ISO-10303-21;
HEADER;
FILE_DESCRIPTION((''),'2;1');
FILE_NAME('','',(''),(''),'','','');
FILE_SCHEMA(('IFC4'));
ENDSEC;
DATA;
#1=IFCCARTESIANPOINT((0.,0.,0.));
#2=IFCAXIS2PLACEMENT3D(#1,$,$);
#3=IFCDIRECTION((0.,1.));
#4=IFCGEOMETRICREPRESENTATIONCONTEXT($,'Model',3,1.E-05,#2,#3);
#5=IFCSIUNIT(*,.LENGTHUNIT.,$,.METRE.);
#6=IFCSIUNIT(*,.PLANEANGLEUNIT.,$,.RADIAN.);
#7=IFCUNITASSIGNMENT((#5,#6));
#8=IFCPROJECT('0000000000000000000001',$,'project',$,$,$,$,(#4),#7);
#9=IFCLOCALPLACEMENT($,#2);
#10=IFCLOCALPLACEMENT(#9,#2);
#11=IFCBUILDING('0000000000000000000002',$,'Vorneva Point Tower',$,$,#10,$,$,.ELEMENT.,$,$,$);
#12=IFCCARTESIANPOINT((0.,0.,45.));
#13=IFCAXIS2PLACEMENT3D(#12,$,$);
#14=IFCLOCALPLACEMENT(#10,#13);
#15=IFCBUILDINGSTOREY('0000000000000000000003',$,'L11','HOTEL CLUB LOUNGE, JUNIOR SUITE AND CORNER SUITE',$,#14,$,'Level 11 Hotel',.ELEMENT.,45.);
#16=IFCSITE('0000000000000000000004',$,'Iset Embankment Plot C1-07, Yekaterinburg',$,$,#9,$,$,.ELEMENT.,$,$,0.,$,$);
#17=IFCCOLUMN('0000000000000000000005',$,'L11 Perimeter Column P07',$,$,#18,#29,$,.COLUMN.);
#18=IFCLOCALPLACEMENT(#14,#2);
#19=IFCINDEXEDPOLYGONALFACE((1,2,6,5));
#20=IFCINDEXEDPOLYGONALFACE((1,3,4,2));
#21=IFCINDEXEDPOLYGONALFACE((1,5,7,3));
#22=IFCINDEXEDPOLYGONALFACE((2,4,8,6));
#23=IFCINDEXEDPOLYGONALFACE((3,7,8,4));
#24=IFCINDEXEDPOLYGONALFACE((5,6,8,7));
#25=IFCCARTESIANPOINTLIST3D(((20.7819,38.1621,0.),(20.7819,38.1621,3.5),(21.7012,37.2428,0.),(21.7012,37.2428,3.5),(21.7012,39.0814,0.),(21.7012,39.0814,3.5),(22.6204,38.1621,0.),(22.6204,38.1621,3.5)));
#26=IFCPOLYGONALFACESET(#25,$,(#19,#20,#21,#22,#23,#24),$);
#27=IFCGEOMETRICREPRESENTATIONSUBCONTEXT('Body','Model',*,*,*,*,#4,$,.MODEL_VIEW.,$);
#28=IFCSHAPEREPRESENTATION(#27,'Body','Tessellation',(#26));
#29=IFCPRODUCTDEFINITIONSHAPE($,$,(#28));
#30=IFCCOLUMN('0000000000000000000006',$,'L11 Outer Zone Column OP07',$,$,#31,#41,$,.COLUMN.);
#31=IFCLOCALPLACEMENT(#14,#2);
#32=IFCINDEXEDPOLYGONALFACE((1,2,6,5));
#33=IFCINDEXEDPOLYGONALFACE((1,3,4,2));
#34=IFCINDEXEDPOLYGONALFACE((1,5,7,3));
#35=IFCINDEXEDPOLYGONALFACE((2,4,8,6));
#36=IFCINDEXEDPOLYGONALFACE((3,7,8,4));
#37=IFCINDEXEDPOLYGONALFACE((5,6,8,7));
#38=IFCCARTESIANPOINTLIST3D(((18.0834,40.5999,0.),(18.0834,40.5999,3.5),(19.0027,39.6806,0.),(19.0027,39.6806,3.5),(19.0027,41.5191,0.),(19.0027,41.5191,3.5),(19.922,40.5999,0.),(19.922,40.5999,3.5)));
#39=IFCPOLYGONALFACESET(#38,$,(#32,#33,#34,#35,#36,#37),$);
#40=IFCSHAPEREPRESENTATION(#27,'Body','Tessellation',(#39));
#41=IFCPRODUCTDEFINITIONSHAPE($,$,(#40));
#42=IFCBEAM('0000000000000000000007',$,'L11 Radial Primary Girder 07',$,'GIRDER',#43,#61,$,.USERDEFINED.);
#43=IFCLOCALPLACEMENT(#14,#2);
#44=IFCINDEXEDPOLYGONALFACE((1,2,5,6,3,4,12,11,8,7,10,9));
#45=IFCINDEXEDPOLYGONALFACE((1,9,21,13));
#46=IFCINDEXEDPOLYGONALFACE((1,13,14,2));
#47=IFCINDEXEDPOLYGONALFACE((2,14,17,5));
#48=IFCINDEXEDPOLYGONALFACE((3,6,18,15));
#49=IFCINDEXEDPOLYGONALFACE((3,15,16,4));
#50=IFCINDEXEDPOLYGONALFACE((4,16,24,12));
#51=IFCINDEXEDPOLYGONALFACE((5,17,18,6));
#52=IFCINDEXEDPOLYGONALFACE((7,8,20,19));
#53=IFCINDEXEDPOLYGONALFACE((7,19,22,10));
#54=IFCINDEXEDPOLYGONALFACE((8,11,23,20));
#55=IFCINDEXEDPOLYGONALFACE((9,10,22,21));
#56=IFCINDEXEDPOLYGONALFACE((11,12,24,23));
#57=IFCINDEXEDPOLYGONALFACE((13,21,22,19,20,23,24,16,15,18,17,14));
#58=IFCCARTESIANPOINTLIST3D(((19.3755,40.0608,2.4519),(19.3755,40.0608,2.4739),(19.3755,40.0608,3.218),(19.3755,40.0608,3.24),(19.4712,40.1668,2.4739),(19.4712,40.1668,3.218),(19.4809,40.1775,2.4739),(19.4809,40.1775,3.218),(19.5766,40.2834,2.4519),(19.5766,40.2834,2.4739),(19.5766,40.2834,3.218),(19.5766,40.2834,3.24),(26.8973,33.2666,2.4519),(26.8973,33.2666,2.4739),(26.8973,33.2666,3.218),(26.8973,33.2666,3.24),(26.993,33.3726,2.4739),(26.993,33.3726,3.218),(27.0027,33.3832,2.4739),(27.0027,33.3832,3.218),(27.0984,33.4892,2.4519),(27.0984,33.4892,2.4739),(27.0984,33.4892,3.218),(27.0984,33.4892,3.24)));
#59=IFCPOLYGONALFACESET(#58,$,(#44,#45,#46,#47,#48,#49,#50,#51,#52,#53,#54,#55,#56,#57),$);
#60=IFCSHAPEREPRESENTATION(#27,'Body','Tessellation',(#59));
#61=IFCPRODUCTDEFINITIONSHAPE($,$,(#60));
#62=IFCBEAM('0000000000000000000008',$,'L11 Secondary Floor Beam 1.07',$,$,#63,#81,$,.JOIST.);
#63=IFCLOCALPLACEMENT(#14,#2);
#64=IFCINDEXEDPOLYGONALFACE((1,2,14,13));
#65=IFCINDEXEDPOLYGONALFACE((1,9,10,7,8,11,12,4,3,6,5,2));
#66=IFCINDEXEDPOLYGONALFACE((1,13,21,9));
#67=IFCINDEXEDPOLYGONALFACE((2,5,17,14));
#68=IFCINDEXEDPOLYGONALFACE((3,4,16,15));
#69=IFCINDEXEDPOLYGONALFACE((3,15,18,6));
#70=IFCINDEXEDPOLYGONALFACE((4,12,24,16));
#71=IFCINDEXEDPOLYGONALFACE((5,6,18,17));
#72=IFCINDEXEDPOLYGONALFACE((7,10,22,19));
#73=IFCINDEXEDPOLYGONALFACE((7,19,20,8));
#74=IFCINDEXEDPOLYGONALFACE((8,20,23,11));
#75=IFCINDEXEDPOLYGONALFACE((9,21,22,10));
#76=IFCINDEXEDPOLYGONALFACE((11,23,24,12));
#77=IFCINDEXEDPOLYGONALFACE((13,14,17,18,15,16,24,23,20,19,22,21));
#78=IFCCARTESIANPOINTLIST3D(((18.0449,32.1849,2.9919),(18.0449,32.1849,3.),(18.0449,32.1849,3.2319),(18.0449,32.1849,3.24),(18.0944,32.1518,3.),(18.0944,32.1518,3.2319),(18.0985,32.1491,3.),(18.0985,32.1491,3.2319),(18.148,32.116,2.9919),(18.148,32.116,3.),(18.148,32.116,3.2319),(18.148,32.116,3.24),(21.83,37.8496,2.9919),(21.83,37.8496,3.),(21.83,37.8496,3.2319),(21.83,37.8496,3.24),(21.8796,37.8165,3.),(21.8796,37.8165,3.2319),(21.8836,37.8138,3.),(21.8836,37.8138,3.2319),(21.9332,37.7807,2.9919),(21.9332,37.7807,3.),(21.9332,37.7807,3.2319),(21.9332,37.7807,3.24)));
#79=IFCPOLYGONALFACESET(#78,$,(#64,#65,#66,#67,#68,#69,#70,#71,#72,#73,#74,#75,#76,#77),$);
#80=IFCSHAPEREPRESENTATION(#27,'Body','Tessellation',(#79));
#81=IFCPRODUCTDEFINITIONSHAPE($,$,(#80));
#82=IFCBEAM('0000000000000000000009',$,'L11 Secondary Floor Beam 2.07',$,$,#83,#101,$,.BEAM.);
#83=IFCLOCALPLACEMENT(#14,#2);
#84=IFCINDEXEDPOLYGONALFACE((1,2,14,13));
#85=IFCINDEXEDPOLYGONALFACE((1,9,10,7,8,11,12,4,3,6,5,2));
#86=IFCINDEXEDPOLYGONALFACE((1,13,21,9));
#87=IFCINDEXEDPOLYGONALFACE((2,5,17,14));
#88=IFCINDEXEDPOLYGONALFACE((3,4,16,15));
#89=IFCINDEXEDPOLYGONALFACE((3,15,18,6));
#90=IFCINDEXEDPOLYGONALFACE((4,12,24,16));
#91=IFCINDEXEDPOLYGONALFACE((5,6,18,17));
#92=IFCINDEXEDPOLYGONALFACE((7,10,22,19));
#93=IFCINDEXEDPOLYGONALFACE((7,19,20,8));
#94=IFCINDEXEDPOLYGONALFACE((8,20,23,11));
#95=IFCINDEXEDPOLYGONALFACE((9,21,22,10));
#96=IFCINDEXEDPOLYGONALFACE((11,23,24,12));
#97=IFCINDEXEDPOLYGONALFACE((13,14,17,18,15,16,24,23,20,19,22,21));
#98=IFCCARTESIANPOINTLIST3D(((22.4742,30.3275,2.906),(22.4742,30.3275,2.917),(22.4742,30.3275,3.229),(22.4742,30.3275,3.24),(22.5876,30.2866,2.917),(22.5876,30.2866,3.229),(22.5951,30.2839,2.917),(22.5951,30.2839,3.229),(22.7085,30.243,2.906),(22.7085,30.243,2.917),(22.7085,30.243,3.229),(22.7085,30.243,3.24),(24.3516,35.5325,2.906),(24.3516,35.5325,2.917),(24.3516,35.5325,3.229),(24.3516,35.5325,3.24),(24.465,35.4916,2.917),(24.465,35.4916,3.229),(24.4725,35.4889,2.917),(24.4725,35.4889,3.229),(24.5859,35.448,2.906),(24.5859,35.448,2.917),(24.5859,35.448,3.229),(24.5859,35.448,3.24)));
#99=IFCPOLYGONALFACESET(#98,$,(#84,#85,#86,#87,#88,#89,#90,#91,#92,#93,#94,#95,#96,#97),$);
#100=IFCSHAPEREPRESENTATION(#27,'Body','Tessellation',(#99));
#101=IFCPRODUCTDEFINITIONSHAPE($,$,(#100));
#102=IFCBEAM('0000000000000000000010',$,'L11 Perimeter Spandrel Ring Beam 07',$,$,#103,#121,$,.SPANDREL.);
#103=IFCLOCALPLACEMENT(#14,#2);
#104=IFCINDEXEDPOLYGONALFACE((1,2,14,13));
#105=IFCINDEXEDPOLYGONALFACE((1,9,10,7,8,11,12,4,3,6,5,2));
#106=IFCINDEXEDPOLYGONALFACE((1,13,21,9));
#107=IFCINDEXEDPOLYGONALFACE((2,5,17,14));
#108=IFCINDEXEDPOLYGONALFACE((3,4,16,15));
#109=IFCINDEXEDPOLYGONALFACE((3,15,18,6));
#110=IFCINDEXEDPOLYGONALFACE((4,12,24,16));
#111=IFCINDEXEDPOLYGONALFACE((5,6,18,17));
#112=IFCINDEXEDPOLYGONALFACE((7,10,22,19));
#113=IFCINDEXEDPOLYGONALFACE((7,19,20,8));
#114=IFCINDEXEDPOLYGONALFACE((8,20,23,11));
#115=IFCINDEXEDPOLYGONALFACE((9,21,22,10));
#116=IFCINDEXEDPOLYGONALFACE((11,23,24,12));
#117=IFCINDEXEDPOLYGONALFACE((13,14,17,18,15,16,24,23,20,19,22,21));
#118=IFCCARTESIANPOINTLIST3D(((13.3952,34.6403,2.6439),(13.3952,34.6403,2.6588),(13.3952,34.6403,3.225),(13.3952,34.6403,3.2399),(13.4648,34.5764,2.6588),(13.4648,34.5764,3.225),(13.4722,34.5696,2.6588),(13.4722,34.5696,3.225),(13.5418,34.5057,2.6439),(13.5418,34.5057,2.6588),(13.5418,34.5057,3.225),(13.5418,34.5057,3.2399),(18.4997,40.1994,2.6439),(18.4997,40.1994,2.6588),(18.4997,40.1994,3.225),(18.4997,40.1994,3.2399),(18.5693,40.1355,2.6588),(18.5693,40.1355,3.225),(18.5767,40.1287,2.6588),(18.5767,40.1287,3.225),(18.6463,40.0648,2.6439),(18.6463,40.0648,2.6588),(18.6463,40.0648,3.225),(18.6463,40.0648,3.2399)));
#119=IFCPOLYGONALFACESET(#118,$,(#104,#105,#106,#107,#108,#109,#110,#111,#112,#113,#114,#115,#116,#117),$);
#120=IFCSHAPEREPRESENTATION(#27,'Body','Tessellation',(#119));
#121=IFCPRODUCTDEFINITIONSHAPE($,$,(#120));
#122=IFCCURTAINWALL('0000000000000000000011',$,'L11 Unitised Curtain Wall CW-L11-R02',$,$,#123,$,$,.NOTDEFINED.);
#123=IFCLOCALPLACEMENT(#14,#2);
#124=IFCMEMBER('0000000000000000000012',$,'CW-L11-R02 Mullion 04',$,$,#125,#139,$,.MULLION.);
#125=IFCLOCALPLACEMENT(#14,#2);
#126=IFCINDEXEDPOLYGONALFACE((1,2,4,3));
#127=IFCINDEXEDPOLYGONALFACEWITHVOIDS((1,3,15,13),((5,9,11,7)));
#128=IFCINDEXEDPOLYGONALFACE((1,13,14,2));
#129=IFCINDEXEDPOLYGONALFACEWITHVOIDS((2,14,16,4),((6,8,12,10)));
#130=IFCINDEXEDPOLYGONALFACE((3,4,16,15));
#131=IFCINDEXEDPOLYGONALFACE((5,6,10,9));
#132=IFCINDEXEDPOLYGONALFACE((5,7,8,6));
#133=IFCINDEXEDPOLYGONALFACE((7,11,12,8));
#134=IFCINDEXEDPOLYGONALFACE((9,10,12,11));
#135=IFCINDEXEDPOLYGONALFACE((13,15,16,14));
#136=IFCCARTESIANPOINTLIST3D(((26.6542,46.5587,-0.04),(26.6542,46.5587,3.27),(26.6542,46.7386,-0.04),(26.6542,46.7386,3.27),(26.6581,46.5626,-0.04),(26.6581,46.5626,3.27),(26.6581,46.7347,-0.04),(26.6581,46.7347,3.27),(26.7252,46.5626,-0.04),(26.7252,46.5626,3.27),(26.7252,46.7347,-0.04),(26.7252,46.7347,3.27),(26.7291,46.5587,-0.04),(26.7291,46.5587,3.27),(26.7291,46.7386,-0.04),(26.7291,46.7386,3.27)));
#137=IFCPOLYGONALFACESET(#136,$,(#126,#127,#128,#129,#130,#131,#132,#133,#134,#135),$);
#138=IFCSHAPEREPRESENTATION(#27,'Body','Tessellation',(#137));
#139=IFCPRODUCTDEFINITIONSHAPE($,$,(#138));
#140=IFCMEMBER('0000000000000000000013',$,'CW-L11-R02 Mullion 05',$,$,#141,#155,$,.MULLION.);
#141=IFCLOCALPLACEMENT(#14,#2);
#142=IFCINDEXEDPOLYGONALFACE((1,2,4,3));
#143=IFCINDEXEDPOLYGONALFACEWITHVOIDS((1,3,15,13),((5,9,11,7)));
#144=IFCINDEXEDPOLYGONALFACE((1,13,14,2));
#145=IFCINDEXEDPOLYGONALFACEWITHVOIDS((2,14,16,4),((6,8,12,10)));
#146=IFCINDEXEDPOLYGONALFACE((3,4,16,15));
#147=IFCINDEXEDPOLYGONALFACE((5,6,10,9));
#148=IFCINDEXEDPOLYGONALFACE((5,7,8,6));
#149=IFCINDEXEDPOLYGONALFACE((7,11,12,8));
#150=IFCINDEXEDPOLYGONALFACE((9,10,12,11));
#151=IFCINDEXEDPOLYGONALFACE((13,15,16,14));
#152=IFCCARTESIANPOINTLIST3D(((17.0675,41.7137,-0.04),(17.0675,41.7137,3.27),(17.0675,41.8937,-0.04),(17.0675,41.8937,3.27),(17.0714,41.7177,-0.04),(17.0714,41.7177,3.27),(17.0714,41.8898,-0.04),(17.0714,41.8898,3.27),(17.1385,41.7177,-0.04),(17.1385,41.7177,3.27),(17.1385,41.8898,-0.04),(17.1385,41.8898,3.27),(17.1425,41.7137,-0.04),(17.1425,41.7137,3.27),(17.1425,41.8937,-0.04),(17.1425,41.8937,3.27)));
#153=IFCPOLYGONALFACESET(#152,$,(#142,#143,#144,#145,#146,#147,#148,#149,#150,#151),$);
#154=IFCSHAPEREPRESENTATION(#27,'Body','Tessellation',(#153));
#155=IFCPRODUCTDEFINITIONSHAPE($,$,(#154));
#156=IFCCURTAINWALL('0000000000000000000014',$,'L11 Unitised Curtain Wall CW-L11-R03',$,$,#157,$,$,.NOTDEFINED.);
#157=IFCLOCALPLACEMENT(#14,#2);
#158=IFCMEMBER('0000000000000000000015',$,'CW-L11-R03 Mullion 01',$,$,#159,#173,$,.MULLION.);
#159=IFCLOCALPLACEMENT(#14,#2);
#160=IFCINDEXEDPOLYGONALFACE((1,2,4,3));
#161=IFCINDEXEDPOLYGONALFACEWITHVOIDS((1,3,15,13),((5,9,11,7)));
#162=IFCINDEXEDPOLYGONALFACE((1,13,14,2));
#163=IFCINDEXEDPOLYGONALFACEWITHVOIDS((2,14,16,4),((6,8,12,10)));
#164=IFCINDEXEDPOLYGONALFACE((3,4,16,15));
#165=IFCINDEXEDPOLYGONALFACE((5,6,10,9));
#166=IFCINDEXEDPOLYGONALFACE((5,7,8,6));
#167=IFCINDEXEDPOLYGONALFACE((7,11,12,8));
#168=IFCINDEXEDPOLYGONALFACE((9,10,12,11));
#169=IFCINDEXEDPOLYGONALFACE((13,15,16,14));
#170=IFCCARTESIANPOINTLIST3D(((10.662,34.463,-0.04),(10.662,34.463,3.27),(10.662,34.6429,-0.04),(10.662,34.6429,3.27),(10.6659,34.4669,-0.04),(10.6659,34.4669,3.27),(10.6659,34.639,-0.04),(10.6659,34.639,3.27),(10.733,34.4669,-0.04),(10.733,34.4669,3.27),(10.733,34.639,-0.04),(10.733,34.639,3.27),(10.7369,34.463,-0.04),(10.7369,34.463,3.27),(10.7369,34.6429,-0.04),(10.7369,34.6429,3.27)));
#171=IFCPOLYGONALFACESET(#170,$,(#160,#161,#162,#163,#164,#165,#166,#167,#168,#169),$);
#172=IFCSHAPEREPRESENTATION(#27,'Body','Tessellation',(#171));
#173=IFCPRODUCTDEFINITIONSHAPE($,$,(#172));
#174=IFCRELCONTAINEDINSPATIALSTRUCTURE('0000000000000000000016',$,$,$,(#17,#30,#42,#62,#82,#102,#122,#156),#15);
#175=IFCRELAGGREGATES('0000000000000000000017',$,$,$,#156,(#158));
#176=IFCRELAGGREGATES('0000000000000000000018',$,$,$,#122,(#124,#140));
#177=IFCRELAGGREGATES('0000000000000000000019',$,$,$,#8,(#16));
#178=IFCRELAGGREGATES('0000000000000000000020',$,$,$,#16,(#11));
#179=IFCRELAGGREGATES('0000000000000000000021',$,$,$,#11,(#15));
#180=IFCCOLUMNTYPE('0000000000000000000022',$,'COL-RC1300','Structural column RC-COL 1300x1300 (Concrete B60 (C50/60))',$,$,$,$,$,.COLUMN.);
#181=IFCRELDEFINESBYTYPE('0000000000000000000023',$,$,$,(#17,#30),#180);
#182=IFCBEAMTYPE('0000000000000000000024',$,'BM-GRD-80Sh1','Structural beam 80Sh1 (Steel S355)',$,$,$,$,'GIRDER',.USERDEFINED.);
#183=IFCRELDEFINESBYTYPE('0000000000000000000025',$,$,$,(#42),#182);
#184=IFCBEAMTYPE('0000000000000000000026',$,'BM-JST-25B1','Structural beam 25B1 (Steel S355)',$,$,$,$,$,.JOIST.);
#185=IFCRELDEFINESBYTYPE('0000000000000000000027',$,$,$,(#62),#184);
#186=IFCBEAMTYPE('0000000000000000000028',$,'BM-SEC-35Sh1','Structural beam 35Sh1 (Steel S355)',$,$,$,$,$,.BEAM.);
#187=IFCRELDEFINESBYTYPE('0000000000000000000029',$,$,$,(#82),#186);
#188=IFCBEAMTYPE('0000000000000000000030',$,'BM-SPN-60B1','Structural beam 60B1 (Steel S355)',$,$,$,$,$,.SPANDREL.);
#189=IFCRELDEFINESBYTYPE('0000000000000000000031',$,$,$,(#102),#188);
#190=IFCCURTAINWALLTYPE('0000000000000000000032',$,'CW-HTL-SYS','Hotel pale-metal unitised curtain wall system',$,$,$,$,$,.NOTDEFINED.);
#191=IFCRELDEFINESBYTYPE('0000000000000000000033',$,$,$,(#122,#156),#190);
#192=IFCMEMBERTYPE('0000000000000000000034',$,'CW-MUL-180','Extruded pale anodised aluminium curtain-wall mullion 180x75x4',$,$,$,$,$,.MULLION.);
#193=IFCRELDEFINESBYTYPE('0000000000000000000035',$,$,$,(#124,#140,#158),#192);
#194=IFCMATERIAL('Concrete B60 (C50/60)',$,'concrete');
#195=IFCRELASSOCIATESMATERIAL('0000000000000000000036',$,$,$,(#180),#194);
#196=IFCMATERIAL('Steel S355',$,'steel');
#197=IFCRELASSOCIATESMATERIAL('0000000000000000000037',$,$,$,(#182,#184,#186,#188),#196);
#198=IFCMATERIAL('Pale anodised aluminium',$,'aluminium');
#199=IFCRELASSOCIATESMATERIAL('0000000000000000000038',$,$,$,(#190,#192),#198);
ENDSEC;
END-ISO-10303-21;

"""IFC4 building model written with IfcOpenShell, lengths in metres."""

from ifc_helpers import new_model, si_unit, direction, frame, origin, origin_2d, place, context, subcontext, project, spatial, rectangle, hollow_rectangle, i_section, extrude, material, material_profile, profile_set, type_object, element, aggregate, save


model = new_model("IFC4")

# Units and contexts
model_context = context("Model", 3, precision=1e-05, world=origin(), true_north=direction((0.0, 1.0)))
body_context = subcontext(model_context, "Body", "Model", "MODEL_VIEW")
ifc_project = project(units=[si_unit("LENGTHUNIT", "METRE"), si_unit("PLANEANGLEUNIT", "RADIAN")], contexts=[model_context])

# Site, building, storey
site_placement = place(None, origin())
site = spatial("IfcSite", under=ifc_project, at=site_placement, Name="Iset Embankment Plot C1-07, Yekaterinburg", CompositionType="ELEMENT", RefElevation=0.0)
building_placement = place(site_placement, origin())
building = spatial("IfcBuilding", under=site, at=building_placement, Name="Vorneva Point Tower", CompositionType="ELEMENT")
storey_placement = place(building_placement, frame((0.0, 0.0, 45.0)))
storey = spatial("IfcBuildingStorey", under=building, at=storey_placement, Name="L11", Description="HOTEL CLUB LOUNGE, JUNIOR SUITE AND CORNER SUITE", LongName="Level 11 Hotel", CompositionType="ELEMENT", Elevation=45.0)

# Columns
ifc_material_1 = material(Name="Concrete B60 (C50/60)", Category="concrete")
ifc_material_profile_1 = material_profile(ifc_material_1, rectangle(XDim=1.3, YDim=1.3, at=origin_2d()), Name="RC-COL 1300x1300")
ifc_profile_set_1 = profile_set([ifc_material_profile_1], Name="Concrete B60 (C50/60)")
column_type = type_object("IfcColumnType", Name="COL-RC1300", Description="Structural column RC-COL 1300x1300 (Concrete B60 (C50/60))", PredefinedType="COLUMN", material=ifc_profile_set_1)
for number, where, z_axis, x_axis, name in (
    (1, (21.7012, 38.1621, 0.0), (0.0, 0.0, 1.0), (-0.707107, 0.707107, 0.0), "L11 Perimeter Column P07"),
    (2, (19.0027, 40.5999, 0.0), (0.0, 0.0, 1.0), (-0.707107, 0.707107, 0.0), "L11 Outer Zone Column OP07"),
):
    element("IfcColumn", number, at=place(storey_placement, frame(where, z_axis=z_axis, x_axis=x_axis)), inside=storey, type_object=column_type, Name=name, PredefinedType="COLUMN", context=body_context, shape_type="SweptSolid", body=[
        extrude(rectangle(XDim=1.3, YDim=1.3, at=origin_2d()), origin(), (0.0, 0.0, 1.0), 3.5),
    ])

# Beams
ifc_material_2 = material(Name="Steel S355", Category="steel")
ifc_material_profile_2 = material_profile(ifc_material_2, i_section(OverallWidth=0.3, OverallDepth=0.7881, WebThickness=0.0144, FlangeThickness=0.022, at=origin_2d()), Name="80Sh1")
ifc_profile_set_2 = profile_set([ifc_material_profile_2], Name="Steel S355")
beam_type_1 = type_object("IfcBeamType", Name="BM-GRD-80Sh1", Description="Structural beam 80Sh1 (Steel S355)", ElementType="GIRDER", PredefinedType="USERDEFINED", material=ifc_profile_set_2)
beam_1_placement = place(storey_placement, frame((19.4761, 40.1721, 2.8459), z_axis=(0.742084, -0.670306, 0.0), x_axis=(0.670306, 0.742084, 0.0)))
element("IfcBeam", 3, at=beam_1_placement, inside=storey, type_object=beam_type_1, Name="L11 Radial Primary Girder 07", ObjectType="GIRDER", PredefinedType="USERDEFINED", context=body_context, shape_type="SweptSolid", body=[
    extrude(i_section(OverallWidth=0.3, OverallDepth=0.7881, WebThickness=0.0144, FlangeThickness=0.022, at=origin_2d()), origin(), (0.0, 0.0, 1.0), 10.136),
])
ifc_material_profile_3 = material_profile(ifc_material_2, i_section(OverallWidth=0.124, OverallDepth=0.248, WebThickness=0.0049, FlangeThickness=0.0081, at=origin_2d()), Name="25B1")
ifc_profile_set_3 = profile_set([ifc_material_profile_3], Name="Steel S355")
beam_type_2 = type_object("IfcBeamType", Name="BM-JST-25B1", Description="Structural beam 25B1 (Steel S355)", PredefinedType="JOIST", material=ifc_profile_set_3)
beam_2_placement = place(storey_placement, frame((21.8816, 37.8152, 3.116), z_axis=(-0.555576, -0.831465, 0.0), x_axis=(0.831465, -0.555576, 0.0)))
element("IfcBeam", 4, at=beam_2_placement, inside=storey, type_object=beam_type_2, Name="L11 Secondary Floor Beam 1.07", PredefinedType="JOIST", context=body_context, shape_type="SweptSolid", body=[
    extrude(i_section(OverallWidth=0.124, OverallDepth=0.248, WebThickness=0.0049, FlangeThickness=0.0081, at=origin_2d()), origin(), (0.0, 0.0, 1.0), 6.813),
])
ifc_material_profile_4 = material_profile(ifc_material_2, i_section(OverallWidth=0.249, OverallDepth=0.334, WebThickness=0.0081, FlangeThickness=0.011, at=origin_2d()), Name="35Sh1")
ifc_profile_set_4 = profile_set([ifc_material_profile_4], Name="Steel S355")
beam_type_3 = type_object("IfcBeamType", Name="BM-SEC-35Sh1", Description="Structural beam 35Sh1 (Steel S355)", PredefinedType="BEAM", material=ifc_profile_set_4)
beam_3_placement = place(storey_placement, frame((24.4688, 35.4902, 3.073), z_axis=(-0.339297, -0.940679, 0.0), x_axis=(0.940679, -0.339297, 0.0)))
element("IfcBeam", 5, at=beam_3_placement, inside=storey, type_object=beam_type_3, Name="L11 Secondary Floor Beam 2.07", PredefinedType="BEAM", context=body_context, shape_type="SweptSolid", body=[
    extrude(i_section(OverallWidth=0.249, OverallDepth=0.334, WebThickness=0.0081, FlangeThickness=0.011, at=origin_2d()), origin(), (0.0, 0.0, 1.0), 5.5332),
])
ifc_material_profile_5 = material_profile(ifc_material_2, i_section(OverallWidth=0.199, OverallDepth=0.5959, WebThickness=0.01, FlangeThickness=0.0149, at=origin_2d()), Name="60B1")
ifc_profile_set_5 = profile_set([ifc_material_profile_5], Name="Steel S355")
beam_type_4 = type_object("IfcBeamType", Name="BM-SPN-60B1", Description="Structural beam 60B1 (Steel S355)", PredefinedType="SPANDREL", material=ifc_profile_set_5)
beam_4_placement = place(storey_placement, frame((18.573, 40.1321, 2.9419), z_axis=(-0.676348, -0.736582, 0.0), x_axis=(0.736582, -0.676348, 0.0)))
element("IfcBeam", 6, at=beam_4_placement, inside=storey, type_object=beam_type_4, Name="L11 Perimeter Spandrel Ring Beam 07", PredefinedType="SPANDREL", context=body_context, shape_type="SweptSolid", body=[
    extrude(i_section(OverallWidth=0.199, OverallDepth=0.5959, WebThickness=0.01, FlangeThickness=0.0149, at=origin_2d()), origin(), (0.0, 0.0, 1.0), 7.5471),
])

# Curtain wall, members
ifc_material_3 = material(Name="Pale anodised aluminium", Category="aluminium")
curtain_wall_type = type_object("IfcCurtainWallType", Name="CW-HTL-SYS", Description="Hotel pale-metal unitised curtain wall system", PredefinedType="NOTDEFINED", material=ifc_material_3)
curtain_wall_1_placement = place(storey_placement, origin())
curtain_wall_1 = element("IfcCurtainWall", 7, at=curtain_wall_1_placement, inside=storey, type_object=curtain_wall_type, Name="L11 Unitised Curtain Wall CW-L11-R02", PredefinedType="NOTDEFINED")
ifc_material_profile_6 = material_profile(ifc_material_3, hollow_rectangle(XDim=0.075, YDim=0.1799, WallThickness=0.0039, at=origin_2d()), Name="AL-MUL 180x75x4")
ifc_profile_set_6 = profile_set([ifc_material_profile_6], Name="Pale anodised aluminium")
member_type_1 = type_object("IfcMemberType", Name="CW-MUL-180", Description="Extruded pale anodised aluminium curtain-wall mullion 180x75x4", PredefinedType="MULLION", material=ifc_profile_set_6)
member_1_placement = place(storey_placement, frame((26.6917, 46.6487, -0.04), z_axis=(0.0, 0.0, 1.0), x_axis=(1.0, 0.0, 0.0)))
member_1 = element("IfcMember", 8, at=member_1_placement, type_object=member_type_1, Name="CW-L11-R02 Mullion 04", PredefinedType="MULLION", context=body_context, shape_type="SweptSolid", body=[
    extrude(hollow_rectangle(XDim=0.075, YDim=0.1799, WallThickness=0.0039, at=origin_2d()), origin(), (0.0, 0.0, 1.0), 3.3101),
])
member_2_placement = place(storey_placement, frame((17.105, 41.8037, -0.04), z_axis=(0.0, 0.0, 1.0), x_axis=(1.0, 0.0, 0.0)))
member_2 = element("IfcMember", 9, at=member_2_placement, type_object=member_type_1, Name="CW-L11-R02 Mullion 05", PredefinedType="MULLION", context=body_context, shape_type="SweptSolid", body=[
    extrude(hollow_rectangle(XDim=0.075, YDim=0.1799, WallThickness=0.0039, at=origin_2d()), origin(), (0.0, 0.0, 1.0), 3.3101),
])

# Curtain wall, member
curtain_wall_2_placement = place(storey_placement, origin())
curtain_wall_2 = element("IfcCurtainWall", 10, at=curtain_wall_2_placement, inside=storey, type_object=curtain_wall_type, Name="L11 Unitised Curtain Wall CW-L11-R03", PredefinedType="NOTDEFINED")
member_3_placement = place(storey_placement, frame((10.6995, 34.553, -0.04), z_axis=(0.0, 0.0, 1.0), x_axis=(1.0, 0.0, 0.0)))
member_3 = element("IfcMember", 11, at=member_3_placement, type_object=member_type_1, Name="CW-L11-R03 Mullion 01", PredefinedType="MULLION", context=body_context, shape_type="SweptSolid", body=[
    extrude(hollow_rectangle(XDim=0.075, YDim=0.1799, WallThickness=0.0039, at=origin_2d()), origin(), (0.0, 0.0, 1.0), 3.3101),
])

aggregate(curtain_wall_2, [member_3])

aggregate(curtain_wall_1, [member_1, member_2])

save(model, "model.ifc")
